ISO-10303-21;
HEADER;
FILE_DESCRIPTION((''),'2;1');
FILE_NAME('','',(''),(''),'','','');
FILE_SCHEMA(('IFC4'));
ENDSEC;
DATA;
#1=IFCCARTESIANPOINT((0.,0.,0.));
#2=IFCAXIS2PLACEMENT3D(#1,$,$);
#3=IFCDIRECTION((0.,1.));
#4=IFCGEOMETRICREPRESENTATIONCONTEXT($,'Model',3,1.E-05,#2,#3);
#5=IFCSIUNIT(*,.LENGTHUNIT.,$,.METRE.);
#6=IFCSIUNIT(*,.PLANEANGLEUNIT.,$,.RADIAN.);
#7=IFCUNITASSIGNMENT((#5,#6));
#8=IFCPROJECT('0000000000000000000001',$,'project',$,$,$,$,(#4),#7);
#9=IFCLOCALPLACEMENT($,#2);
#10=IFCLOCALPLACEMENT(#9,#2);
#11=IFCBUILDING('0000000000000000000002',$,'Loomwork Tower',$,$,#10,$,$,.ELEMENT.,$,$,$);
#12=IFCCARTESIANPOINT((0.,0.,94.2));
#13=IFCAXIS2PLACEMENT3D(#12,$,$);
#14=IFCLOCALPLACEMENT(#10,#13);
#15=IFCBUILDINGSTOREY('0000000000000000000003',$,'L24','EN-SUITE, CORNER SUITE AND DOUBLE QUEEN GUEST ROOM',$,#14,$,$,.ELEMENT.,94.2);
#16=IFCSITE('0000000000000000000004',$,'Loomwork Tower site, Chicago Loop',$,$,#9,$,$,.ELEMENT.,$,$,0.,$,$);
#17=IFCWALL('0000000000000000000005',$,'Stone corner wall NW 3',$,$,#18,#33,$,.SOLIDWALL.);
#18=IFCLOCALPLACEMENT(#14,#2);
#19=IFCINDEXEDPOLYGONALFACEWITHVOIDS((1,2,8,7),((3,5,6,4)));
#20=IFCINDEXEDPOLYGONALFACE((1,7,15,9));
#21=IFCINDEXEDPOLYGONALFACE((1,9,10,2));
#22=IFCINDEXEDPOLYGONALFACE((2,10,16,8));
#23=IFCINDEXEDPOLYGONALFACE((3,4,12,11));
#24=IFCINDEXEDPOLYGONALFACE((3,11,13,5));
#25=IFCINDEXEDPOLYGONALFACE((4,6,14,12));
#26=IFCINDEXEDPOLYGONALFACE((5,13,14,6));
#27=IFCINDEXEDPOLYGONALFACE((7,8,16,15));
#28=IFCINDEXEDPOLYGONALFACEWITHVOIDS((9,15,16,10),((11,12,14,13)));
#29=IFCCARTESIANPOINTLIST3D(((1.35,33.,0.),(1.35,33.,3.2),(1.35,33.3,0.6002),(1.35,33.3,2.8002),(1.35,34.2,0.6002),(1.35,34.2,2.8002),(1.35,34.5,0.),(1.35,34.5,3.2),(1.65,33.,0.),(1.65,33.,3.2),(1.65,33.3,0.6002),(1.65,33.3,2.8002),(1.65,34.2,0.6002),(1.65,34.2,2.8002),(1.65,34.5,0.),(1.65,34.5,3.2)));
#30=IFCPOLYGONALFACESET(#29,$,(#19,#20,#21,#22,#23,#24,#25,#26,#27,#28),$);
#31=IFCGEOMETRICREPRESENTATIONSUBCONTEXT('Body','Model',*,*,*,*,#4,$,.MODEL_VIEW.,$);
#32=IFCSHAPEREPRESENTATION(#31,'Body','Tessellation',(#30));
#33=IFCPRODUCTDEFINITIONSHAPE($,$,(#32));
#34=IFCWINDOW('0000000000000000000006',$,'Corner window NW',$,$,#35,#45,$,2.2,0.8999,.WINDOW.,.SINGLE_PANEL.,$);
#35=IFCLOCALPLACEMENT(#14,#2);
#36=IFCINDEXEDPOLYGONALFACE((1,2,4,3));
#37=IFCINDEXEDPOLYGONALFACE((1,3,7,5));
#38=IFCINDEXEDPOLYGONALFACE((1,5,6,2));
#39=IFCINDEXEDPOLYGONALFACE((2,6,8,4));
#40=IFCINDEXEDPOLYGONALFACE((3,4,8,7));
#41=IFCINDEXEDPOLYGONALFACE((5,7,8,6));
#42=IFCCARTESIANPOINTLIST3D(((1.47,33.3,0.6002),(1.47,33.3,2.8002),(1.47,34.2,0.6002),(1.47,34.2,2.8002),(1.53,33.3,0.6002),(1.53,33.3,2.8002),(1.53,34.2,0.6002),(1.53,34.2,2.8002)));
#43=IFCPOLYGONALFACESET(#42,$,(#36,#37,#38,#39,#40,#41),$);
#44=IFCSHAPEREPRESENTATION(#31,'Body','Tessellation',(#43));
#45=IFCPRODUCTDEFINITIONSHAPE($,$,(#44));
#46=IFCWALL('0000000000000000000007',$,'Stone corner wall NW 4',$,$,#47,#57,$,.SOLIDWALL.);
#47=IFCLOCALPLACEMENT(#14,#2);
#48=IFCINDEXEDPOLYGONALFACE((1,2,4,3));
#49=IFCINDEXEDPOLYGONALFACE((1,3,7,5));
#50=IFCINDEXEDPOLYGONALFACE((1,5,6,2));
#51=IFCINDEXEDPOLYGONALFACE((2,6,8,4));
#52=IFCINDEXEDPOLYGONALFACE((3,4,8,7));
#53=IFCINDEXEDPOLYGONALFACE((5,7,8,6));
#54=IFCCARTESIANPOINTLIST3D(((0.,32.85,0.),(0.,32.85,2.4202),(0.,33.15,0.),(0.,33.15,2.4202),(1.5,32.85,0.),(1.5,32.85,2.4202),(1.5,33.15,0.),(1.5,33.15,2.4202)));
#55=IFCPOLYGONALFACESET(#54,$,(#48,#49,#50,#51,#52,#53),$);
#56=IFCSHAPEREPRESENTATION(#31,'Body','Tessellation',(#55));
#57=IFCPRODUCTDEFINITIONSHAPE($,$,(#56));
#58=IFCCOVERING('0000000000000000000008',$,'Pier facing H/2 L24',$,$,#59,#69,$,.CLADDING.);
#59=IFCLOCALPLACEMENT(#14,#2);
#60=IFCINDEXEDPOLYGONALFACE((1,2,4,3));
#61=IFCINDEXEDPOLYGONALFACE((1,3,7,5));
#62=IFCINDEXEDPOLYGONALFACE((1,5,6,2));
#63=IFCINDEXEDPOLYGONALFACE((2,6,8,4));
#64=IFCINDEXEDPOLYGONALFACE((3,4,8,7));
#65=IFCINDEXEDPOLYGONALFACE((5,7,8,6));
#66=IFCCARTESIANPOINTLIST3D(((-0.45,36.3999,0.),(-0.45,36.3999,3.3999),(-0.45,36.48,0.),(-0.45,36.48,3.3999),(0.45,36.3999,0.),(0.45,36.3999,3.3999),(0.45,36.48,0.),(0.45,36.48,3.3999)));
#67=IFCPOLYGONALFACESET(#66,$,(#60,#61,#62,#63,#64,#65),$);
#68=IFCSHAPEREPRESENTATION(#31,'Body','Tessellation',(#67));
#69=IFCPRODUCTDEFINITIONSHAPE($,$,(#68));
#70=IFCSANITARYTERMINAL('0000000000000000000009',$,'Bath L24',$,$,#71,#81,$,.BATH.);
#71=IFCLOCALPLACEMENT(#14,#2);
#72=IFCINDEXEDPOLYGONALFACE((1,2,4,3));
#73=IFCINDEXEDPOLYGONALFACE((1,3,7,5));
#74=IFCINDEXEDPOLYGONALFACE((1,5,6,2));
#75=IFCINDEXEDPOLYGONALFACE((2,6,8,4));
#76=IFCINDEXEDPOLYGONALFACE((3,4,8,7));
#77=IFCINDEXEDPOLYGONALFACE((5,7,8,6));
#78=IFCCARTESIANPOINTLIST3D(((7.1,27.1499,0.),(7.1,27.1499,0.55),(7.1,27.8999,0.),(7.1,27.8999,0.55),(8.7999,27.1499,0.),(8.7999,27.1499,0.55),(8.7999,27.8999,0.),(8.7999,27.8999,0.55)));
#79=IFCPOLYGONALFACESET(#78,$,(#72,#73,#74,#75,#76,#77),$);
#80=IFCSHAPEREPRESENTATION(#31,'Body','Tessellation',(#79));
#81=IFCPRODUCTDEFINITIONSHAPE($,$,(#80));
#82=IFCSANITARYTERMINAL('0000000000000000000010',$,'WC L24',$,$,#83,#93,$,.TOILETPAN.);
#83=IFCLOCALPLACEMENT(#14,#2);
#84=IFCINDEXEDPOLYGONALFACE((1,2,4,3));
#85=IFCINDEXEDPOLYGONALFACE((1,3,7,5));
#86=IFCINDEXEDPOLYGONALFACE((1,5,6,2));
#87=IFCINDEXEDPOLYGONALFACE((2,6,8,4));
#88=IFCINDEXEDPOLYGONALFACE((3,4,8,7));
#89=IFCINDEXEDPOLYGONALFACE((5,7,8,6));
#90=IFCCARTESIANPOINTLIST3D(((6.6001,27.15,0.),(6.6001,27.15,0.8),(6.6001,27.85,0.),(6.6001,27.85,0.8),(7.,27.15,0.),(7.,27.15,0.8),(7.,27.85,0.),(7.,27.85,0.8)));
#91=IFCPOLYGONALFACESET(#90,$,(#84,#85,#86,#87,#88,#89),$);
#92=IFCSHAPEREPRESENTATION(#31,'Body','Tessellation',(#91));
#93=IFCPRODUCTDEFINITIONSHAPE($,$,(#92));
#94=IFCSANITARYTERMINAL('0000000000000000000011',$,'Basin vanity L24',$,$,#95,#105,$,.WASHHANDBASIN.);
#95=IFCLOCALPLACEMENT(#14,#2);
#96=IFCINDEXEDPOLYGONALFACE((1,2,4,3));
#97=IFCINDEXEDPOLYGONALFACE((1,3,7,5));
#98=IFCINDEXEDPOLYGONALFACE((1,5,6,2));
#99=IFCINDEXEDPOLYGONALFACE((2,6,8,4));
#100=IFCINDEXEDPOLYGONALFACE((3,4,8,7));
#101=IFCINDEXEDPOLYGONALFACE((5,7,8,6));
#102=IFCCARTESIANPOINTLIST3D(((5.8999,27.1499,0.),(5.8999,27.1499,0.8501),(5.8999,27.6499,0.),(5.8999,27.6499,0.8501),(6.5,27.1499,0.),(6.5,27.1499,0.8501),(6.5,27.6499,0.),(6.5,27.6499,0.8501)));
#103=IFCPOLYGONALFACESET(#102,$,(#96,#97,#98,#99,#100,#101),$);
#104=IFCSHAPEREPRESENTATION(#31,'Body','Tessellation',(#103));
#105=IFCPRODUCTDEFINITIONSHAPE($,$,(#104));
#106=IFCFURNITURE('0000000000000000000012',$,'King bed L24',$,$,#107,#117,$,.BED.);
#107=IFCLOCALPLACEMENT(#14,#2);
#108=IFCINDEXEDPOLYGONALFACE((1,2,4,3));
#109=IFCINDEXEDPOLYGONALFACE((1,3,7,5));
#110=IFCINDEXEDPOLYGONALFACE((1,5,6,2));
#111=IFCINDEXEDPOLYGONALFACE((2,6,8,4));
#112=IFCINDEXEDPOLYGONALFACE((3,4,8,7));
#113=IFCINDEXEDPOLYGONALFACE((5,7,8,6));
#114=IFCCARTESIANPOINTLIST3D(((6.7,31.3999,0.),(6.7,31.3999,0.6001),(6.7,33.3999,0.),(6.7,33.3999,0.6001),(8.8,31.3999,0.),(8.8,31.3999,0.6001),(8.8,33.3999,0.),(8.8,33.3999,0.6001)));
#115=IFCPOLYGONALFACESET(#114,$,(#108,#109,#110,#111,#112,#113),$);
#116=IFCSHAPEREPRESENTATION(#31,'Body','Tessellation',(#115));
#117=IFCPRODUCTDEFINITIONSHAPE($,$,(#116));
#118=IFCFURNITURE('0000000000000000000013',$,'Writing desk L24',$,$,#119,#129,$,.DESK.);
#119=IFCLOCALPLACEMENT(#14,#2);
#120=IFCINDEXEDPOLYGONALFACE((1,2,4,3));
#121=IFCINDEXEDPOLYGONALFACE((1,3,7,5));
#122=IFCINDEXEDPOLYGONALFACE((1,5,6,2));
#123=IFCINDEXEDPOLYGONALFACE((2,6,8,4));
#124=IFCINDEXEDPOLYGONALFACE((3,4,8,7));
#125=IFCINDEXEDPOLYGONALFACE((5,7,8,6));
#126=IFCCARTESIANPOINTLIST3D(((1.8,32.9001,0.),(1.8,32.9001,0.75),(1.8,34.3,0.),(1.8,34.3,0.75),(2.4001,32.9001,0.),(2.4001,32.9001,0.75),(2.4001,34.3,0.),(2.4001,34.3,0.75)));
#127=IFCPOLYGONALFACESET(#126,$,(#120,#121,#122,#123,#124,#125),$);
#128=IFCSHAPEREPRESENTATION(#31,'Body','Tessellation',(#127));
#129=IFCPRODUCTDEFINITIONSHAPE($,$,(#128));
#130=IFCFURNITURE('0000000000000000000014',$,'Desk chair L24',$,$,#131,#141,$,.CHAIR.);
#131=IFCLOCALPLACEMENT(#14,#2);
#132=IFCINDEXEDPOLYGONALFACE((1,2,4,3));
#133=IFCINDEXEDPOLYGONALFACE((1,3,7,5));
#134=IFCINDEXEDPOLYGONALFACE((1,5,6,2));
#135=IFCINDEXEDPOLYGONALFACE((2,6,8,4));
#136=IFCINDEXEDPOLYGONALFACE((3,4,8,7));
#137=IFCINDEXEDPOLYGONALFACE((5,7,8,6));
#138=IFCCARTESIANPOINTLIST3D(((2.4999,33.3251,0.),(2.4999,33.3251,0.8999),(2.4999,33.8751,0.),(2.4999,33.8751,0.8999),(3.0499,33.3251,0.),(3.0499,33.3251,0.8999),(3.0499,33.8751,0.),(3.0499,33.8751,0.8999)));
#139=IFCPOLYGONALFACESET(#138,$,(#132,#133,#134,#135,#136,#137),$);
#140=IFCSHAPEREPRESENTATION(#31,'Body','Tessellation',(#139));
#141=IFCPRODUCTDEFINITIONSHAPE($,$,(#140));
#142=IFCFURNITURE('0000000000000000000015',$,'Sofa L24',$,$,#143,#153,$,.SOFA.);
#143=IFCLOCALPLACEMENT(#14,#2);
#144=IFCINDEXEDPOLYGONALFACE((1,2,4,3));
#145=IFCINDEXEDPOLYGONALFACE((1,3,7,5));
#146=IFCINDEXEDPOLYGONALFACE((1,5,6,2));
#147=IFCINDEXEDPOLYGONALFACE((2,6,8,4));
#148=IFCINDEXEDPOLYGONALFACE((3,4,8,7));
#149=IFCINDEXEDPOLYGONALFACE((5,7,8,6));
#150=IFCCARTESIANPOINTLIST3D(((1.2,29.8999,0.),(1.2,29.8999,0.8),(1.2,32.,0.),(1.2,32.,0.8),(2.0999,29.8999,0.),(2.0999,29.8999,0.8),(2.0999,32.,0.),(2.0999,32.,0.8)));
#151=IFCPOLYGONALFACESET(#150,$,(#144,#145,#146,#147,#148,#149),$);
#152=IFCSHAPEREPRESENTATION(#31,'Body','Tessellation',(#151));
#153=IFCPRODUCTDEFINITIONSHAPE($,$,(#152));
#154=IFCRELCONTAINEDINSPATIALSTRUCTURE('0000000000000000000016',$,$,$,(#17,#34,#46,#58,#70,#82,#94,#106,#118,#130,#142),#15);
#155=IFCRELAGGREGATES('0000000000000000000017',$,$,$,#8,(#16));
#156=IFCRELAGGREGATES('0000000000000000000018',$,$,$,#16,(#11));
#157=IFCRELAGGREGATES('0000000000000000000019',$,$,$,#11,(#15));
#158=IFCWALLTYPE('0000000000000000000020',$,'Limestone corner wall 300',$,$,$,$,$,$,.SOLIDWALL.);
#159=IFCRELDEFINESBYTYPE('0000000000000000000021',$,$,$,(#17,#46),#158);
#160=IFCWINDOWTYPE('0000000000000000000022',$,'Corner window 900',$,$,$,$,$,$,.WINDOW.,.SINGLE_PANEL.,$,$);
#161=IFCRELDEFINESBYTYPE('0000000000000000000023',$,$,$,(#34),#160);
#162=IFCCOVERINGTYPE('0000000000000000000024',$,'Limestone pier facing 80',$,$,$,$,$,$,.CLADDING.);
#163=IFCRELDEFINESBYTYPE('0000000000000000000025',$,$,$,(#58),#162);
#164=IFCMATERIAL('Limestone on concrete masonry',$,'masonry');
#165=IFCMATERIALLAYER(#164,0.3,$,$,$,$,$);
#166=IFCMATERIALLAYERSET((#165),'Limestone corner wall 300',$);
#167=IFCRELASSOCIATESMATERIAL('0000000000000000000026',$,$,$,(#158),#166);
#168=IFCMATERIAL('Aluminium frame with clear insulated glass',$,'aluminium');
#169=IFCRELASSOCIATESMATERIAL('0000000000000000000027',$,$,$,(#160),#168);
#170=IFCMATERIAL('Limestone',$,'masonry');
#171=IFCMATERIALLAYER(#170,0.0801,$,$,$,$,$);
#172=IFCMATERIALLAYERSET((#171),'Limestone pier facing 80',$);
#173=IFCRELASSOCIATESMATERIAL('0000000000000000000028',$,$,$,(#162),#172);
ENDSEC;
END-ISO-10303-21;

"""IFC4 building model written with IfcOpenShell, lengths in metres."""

from ifc_helpers import new_model, si_unit, direction, frame, frame_2d, origin, origin_2d, place, context, subcontext, project, spatial, rectangle, extrude, material, layer, layer_set, type_object, element, fill, save


model = new_model("IFC4")

# Units and contexts
model_context = context("Model", 3, precision=1e-05, world=origin(), true_north=direction((0.0, 1.0)))
body_context = subcontext(model_context, "Body", "Model", "MODEL_VIEW")
ifc_project = project(units=[si_unit("LENGTHUNIT", "METRE"), si_unit("PLANEANGLEUNIT", "RADIAN")], contexts=[model_context])

# Site, building, storey
site_placement = place(None, origin())
site = spatial("IfcSite", under=ifc_project, at=site_placement, Name="Loomwork Tower site, Chicago Loop", CompositionType="ELEMENT", RefElevation=0.0)
building_placement = place(site_placement, origin())
building = spatial("IfcBuilding", under=site, at=building_placement, Name="Loomwork Tower", CompositionType="ELEMENT")
storey_placement = place(building_placement, frame((0.0, 0.0, 94.2)))
storey = spatial("IfcBuildingStorey", under=building, at=storey_placement, Name="L24", Description="EN-SUITE, CORNER SUITE AND DOUBLE QUEEN GUEST ROOM", CompositionType="ELEMENT", Elevation=94.2)

# Shared definitions
ifc_material_1 = material(Name="Limestone on concrete masonry", Category="masonry")
ifc_layer_1 = layer(ifc_material_1, 0.3)
ifc_layer_set_1 = layer_set([ifc_layer_1], Name="Limestone corner wall 300")
wall_type_1 = type_object("IfcWallType", Name="Limestone corner wall 300", PredefinedType="SOLIDWALL", material=ifc_layer_set_1)

# Wall, opening, window
ifc_material_2 = material(Name="Aluminium frame with clear insulated glass", Category="aluminium")
window_type_1 = type_object("IfcWindowType", Name="Corner window 900", PartitioningType="SINGLE_PANEL", PredefinedType="WINDOW", material=ifc_material_2)
wall_1_placement = place(storey_placement, frame((1.5, 34.5, 0.0), z_axis=(0.0, 0.0, 1.0), x_axis=(0.0, -1.0, 0.0)))
wall_1 = element("IfcWall", 1, at=wall_1_placement, inside=storey, type_object=wall_type_1, Name="Stone corner wall NW 3", PredefinedType="SOLIDWALL", context=body_context, shape_type="SweptSolid", body=[
    extrude(rectangle(XDim=1.5, YDim=0.3, at=frame_2d((0.75, 0.0))), origin(), (0.0, 0.0, 1.0), 3.2),
])
opening_1_placement = place(wall_1_placement, frame((0.3, 0.0, 0.6001)))
opening_1 = element("IfcOpeningElement", 2, at=opening_1_placement, cuts=wall_1, PredefinedType="OPENING", context=body_context, shape_type="SweptSolid", body=[
    extrude(rectangle(XDim=0.8999, YDim=2.2, at=frame_2d((0.45, 1.1001))), frame((0.0, 0.1599, 0.0), z_axis=(0.0, -1.0, 0.0), x_axis=(1.0, 0.0, 0.0)), (0.0, 0.0, 1.0), 0.3201),
])
window_1_placement = place(opening_1_placement, origin())
window_1 = element("IfcWindow", 3, at=window_1_placement, inside=storey, type_object=window_type_1, Name="Corner window NW", OverallHeight=2.2, OverallWidth=0.8999, PartitioningType="SINGLE_PANEL", PredefinedType="WINDOW", context=body_context, shape_type="SweptSolid", body=[
    extrude(rectangle(XDim=0.8999, YDim=2.2, at=frame_2d((0.45, 1.1001))), frame((0.0, 0.03, 0.0), z_axis=(0.0, -1.0, 0.0), x_axis=(1.0, 0.0, 0.0)), (0.0, 0.0, 1.0), 0.0601),
])
fill(opening_1, window_1)

# Wall
wall_2_placement = place(storey_placement, frame((1.5, 33.0, 0.0), z_axis=(0.0, 0.0, 1.0), x_axis=(-1.0, 0.0, 0.0)))
element("IfcWall", 4, at=wall_2_placement, inside=storey, type_object=wall_type_1, Name="Stone corner wall NW 4", PredefinedType="SOLIDWALL", context=body_context, shape_type="SweptSolid", body=[
    extrude(rectangle(XDim=1.5, YDim=0.3, at=frame_2d((0.75, 0.0))), origin(), (0.0, 0.0, 1.0), 2.4202),
])

# Covering
ifc_material_3 = material(Name="Limestone", Category="masonry")
ifc_layer_2 = layer(ifc_material_3, 0.0801)
ifc_layer_set_2 = layer_set([ifc_layer_2], Name="Limestone pier facing 80")
covering_type = type_object("IfcCoveringType", Name="Limestone pier facing 80", PredefinedType="CLADDING", material=ifc_layer_set_2)
covering_placement = place(storey_placement, frame((0.0, 36.4399, 0.0), z_axis=(0.0, 0.0, 1.0), x_axis=(1.0, 0.0, 0.0)))
element("IfcCovering", 5, at=covering_placement, inside=storey, type_object=covering_type, Name="Pier facing H/2 L24", PredefinedType="CLADDING", context=body_context, shape_type="SweptSolid", body=[
    extrude(rectangle(XDim=0.8999, YDim=0.0801, at=origin_2d()), origin(), (0.0, 0.0, 1.0), 3.3999),
])

# Sanitary terminals
sanitary_terminal_1_placement = place(storey_placement, frame((7.95, 27.5249, 0.0), z_axis=(0.0, 0.0, 1.0), x_axis=(1.0, 0.0, 0.0)))
element("IfcSanitaryTerminal", 6, at=sanitary_terminal_1_placement, inside=storey, Name="Bath L24", PredefinedType="BATH", context=body_context, shape_type="SweptSolid", body=[
    extrude(rectangle(XDim=1.7, YDim=0.75, at=origin_2d()), origin(), (0.0, 0.0, 1.0), 0.55),
])
sanitary_terminal_2_placement = place(storey_placement, frame((6.8, 27.5, 0.0), z_axis=(0.0, 0.0, 1.0), x_axis=(1.0, 0.0, 0.0)))
element("IfcSanitaryTerminal", 7, at=sanitary_terminal_2_placement, inside=storey, Name="WC L24", PredefinedType="TOILETPAN", context=body_context, shape_type="SweptSolid", body=[
    extrude(rectangle(XDim=0.3999, YDim=0.7, at=origin_2d()), origin(), (0.0, 0.0, 1.0), 0.8),
])
sanitary_terminal_3_placement = place(storey_placement, frame((6.2, 27.3999, 0.0), z_axis=(0.0, 0.0, 1.0), x_axis=(1.0, 0.0, 0.0)))
element("IfcSanitaryTerminal", 8, at=sanitary_terminal_3_placement, inside=storey, Name="Basin vanity L24", PredefinedType="WASHHANDBASIN", context=body_context, shape_type="SweptSolid", body=[
    extrude(rectangle(XDim=0.6001, YDim=0.5, at=origin_2d()), origin(), (0.0, 0.0, 1.0), 0.8501),
])

# Furniture
furniture_1_placement = place(storey_placement, frame((7.75, 32.3999, 0.0), z_axis=(0.0, 0.0, 1.0), x_axis=(1.0, 0.0, 0.0)))
element("IfcFurniture", 9, at=furniture_1_placement, inside=storey, Name="King bed L24", PredefinedType="BED", context=body_context, shape_type="SweptSolid", body=[
    extrude(rectangle(XDim=2.1001, YDim=2.0, at=origin_2d()), origin(), (0.0, 0.0, 1.0), 0.6001),
])
furniture_2_placement = place(storey_placement, frame((2.1001, 33.6001, 0.0), z_axis=(0.0, 0.0, 1.0), x_axis=(1.0, 0.0, 0.0)))
element("IfcFurniture", 10, at=furniture_2_placement, inside=storey, Name="Writing desk L24", PredefinedType="DESK", context=body_context, shape_type="SweptSolid", body=[
    extrude(rectangle(XDim=0.6001, YDim=1.3999, at=origin_2d()), origin(), (0.0, 0.0, 1.0), 0.75),
])
furniture_3_placement = place(storey_placement, frame((2.7749, 33.6001, 0.0), z_axis=(0.0, 0.0, 1.0), x_axis=(1.0, 0.0, 0.0)))
element("IfcFurniture", 11, at=furniture_3_placement, inside=storey, Name="Desk chair L24", PredefinedType="CHAIR", context=body_context, shape_type="SweptSolid", body=[
    extrude(rectangle(XDim=0.55, YDim=0.55, at=origin_2d()), origin(), (0.0, 0.0, 1.0), 0.8999),
])
furniture_4_placement = place(storey_placement, frame((1.6499, 30.95, 0.0), z_axis=(0.0, 0.0, 1.0), x_axis=(1.0, 0.0, 0.0)))
element("IfcFurniture", 12, at=furniture_4_placement, inside=storey, Name="Sofa L24", PredefinedType="SOFA", context=body_context, shape_type="SweptSolid", body=[
    extrude(rectangle(XDim=0.8999, YDim=2.1001, at=origin_2d()), origin(), (0.0, 0.0, 1.0), 0.8),
])

save(model, "model.ifc")
